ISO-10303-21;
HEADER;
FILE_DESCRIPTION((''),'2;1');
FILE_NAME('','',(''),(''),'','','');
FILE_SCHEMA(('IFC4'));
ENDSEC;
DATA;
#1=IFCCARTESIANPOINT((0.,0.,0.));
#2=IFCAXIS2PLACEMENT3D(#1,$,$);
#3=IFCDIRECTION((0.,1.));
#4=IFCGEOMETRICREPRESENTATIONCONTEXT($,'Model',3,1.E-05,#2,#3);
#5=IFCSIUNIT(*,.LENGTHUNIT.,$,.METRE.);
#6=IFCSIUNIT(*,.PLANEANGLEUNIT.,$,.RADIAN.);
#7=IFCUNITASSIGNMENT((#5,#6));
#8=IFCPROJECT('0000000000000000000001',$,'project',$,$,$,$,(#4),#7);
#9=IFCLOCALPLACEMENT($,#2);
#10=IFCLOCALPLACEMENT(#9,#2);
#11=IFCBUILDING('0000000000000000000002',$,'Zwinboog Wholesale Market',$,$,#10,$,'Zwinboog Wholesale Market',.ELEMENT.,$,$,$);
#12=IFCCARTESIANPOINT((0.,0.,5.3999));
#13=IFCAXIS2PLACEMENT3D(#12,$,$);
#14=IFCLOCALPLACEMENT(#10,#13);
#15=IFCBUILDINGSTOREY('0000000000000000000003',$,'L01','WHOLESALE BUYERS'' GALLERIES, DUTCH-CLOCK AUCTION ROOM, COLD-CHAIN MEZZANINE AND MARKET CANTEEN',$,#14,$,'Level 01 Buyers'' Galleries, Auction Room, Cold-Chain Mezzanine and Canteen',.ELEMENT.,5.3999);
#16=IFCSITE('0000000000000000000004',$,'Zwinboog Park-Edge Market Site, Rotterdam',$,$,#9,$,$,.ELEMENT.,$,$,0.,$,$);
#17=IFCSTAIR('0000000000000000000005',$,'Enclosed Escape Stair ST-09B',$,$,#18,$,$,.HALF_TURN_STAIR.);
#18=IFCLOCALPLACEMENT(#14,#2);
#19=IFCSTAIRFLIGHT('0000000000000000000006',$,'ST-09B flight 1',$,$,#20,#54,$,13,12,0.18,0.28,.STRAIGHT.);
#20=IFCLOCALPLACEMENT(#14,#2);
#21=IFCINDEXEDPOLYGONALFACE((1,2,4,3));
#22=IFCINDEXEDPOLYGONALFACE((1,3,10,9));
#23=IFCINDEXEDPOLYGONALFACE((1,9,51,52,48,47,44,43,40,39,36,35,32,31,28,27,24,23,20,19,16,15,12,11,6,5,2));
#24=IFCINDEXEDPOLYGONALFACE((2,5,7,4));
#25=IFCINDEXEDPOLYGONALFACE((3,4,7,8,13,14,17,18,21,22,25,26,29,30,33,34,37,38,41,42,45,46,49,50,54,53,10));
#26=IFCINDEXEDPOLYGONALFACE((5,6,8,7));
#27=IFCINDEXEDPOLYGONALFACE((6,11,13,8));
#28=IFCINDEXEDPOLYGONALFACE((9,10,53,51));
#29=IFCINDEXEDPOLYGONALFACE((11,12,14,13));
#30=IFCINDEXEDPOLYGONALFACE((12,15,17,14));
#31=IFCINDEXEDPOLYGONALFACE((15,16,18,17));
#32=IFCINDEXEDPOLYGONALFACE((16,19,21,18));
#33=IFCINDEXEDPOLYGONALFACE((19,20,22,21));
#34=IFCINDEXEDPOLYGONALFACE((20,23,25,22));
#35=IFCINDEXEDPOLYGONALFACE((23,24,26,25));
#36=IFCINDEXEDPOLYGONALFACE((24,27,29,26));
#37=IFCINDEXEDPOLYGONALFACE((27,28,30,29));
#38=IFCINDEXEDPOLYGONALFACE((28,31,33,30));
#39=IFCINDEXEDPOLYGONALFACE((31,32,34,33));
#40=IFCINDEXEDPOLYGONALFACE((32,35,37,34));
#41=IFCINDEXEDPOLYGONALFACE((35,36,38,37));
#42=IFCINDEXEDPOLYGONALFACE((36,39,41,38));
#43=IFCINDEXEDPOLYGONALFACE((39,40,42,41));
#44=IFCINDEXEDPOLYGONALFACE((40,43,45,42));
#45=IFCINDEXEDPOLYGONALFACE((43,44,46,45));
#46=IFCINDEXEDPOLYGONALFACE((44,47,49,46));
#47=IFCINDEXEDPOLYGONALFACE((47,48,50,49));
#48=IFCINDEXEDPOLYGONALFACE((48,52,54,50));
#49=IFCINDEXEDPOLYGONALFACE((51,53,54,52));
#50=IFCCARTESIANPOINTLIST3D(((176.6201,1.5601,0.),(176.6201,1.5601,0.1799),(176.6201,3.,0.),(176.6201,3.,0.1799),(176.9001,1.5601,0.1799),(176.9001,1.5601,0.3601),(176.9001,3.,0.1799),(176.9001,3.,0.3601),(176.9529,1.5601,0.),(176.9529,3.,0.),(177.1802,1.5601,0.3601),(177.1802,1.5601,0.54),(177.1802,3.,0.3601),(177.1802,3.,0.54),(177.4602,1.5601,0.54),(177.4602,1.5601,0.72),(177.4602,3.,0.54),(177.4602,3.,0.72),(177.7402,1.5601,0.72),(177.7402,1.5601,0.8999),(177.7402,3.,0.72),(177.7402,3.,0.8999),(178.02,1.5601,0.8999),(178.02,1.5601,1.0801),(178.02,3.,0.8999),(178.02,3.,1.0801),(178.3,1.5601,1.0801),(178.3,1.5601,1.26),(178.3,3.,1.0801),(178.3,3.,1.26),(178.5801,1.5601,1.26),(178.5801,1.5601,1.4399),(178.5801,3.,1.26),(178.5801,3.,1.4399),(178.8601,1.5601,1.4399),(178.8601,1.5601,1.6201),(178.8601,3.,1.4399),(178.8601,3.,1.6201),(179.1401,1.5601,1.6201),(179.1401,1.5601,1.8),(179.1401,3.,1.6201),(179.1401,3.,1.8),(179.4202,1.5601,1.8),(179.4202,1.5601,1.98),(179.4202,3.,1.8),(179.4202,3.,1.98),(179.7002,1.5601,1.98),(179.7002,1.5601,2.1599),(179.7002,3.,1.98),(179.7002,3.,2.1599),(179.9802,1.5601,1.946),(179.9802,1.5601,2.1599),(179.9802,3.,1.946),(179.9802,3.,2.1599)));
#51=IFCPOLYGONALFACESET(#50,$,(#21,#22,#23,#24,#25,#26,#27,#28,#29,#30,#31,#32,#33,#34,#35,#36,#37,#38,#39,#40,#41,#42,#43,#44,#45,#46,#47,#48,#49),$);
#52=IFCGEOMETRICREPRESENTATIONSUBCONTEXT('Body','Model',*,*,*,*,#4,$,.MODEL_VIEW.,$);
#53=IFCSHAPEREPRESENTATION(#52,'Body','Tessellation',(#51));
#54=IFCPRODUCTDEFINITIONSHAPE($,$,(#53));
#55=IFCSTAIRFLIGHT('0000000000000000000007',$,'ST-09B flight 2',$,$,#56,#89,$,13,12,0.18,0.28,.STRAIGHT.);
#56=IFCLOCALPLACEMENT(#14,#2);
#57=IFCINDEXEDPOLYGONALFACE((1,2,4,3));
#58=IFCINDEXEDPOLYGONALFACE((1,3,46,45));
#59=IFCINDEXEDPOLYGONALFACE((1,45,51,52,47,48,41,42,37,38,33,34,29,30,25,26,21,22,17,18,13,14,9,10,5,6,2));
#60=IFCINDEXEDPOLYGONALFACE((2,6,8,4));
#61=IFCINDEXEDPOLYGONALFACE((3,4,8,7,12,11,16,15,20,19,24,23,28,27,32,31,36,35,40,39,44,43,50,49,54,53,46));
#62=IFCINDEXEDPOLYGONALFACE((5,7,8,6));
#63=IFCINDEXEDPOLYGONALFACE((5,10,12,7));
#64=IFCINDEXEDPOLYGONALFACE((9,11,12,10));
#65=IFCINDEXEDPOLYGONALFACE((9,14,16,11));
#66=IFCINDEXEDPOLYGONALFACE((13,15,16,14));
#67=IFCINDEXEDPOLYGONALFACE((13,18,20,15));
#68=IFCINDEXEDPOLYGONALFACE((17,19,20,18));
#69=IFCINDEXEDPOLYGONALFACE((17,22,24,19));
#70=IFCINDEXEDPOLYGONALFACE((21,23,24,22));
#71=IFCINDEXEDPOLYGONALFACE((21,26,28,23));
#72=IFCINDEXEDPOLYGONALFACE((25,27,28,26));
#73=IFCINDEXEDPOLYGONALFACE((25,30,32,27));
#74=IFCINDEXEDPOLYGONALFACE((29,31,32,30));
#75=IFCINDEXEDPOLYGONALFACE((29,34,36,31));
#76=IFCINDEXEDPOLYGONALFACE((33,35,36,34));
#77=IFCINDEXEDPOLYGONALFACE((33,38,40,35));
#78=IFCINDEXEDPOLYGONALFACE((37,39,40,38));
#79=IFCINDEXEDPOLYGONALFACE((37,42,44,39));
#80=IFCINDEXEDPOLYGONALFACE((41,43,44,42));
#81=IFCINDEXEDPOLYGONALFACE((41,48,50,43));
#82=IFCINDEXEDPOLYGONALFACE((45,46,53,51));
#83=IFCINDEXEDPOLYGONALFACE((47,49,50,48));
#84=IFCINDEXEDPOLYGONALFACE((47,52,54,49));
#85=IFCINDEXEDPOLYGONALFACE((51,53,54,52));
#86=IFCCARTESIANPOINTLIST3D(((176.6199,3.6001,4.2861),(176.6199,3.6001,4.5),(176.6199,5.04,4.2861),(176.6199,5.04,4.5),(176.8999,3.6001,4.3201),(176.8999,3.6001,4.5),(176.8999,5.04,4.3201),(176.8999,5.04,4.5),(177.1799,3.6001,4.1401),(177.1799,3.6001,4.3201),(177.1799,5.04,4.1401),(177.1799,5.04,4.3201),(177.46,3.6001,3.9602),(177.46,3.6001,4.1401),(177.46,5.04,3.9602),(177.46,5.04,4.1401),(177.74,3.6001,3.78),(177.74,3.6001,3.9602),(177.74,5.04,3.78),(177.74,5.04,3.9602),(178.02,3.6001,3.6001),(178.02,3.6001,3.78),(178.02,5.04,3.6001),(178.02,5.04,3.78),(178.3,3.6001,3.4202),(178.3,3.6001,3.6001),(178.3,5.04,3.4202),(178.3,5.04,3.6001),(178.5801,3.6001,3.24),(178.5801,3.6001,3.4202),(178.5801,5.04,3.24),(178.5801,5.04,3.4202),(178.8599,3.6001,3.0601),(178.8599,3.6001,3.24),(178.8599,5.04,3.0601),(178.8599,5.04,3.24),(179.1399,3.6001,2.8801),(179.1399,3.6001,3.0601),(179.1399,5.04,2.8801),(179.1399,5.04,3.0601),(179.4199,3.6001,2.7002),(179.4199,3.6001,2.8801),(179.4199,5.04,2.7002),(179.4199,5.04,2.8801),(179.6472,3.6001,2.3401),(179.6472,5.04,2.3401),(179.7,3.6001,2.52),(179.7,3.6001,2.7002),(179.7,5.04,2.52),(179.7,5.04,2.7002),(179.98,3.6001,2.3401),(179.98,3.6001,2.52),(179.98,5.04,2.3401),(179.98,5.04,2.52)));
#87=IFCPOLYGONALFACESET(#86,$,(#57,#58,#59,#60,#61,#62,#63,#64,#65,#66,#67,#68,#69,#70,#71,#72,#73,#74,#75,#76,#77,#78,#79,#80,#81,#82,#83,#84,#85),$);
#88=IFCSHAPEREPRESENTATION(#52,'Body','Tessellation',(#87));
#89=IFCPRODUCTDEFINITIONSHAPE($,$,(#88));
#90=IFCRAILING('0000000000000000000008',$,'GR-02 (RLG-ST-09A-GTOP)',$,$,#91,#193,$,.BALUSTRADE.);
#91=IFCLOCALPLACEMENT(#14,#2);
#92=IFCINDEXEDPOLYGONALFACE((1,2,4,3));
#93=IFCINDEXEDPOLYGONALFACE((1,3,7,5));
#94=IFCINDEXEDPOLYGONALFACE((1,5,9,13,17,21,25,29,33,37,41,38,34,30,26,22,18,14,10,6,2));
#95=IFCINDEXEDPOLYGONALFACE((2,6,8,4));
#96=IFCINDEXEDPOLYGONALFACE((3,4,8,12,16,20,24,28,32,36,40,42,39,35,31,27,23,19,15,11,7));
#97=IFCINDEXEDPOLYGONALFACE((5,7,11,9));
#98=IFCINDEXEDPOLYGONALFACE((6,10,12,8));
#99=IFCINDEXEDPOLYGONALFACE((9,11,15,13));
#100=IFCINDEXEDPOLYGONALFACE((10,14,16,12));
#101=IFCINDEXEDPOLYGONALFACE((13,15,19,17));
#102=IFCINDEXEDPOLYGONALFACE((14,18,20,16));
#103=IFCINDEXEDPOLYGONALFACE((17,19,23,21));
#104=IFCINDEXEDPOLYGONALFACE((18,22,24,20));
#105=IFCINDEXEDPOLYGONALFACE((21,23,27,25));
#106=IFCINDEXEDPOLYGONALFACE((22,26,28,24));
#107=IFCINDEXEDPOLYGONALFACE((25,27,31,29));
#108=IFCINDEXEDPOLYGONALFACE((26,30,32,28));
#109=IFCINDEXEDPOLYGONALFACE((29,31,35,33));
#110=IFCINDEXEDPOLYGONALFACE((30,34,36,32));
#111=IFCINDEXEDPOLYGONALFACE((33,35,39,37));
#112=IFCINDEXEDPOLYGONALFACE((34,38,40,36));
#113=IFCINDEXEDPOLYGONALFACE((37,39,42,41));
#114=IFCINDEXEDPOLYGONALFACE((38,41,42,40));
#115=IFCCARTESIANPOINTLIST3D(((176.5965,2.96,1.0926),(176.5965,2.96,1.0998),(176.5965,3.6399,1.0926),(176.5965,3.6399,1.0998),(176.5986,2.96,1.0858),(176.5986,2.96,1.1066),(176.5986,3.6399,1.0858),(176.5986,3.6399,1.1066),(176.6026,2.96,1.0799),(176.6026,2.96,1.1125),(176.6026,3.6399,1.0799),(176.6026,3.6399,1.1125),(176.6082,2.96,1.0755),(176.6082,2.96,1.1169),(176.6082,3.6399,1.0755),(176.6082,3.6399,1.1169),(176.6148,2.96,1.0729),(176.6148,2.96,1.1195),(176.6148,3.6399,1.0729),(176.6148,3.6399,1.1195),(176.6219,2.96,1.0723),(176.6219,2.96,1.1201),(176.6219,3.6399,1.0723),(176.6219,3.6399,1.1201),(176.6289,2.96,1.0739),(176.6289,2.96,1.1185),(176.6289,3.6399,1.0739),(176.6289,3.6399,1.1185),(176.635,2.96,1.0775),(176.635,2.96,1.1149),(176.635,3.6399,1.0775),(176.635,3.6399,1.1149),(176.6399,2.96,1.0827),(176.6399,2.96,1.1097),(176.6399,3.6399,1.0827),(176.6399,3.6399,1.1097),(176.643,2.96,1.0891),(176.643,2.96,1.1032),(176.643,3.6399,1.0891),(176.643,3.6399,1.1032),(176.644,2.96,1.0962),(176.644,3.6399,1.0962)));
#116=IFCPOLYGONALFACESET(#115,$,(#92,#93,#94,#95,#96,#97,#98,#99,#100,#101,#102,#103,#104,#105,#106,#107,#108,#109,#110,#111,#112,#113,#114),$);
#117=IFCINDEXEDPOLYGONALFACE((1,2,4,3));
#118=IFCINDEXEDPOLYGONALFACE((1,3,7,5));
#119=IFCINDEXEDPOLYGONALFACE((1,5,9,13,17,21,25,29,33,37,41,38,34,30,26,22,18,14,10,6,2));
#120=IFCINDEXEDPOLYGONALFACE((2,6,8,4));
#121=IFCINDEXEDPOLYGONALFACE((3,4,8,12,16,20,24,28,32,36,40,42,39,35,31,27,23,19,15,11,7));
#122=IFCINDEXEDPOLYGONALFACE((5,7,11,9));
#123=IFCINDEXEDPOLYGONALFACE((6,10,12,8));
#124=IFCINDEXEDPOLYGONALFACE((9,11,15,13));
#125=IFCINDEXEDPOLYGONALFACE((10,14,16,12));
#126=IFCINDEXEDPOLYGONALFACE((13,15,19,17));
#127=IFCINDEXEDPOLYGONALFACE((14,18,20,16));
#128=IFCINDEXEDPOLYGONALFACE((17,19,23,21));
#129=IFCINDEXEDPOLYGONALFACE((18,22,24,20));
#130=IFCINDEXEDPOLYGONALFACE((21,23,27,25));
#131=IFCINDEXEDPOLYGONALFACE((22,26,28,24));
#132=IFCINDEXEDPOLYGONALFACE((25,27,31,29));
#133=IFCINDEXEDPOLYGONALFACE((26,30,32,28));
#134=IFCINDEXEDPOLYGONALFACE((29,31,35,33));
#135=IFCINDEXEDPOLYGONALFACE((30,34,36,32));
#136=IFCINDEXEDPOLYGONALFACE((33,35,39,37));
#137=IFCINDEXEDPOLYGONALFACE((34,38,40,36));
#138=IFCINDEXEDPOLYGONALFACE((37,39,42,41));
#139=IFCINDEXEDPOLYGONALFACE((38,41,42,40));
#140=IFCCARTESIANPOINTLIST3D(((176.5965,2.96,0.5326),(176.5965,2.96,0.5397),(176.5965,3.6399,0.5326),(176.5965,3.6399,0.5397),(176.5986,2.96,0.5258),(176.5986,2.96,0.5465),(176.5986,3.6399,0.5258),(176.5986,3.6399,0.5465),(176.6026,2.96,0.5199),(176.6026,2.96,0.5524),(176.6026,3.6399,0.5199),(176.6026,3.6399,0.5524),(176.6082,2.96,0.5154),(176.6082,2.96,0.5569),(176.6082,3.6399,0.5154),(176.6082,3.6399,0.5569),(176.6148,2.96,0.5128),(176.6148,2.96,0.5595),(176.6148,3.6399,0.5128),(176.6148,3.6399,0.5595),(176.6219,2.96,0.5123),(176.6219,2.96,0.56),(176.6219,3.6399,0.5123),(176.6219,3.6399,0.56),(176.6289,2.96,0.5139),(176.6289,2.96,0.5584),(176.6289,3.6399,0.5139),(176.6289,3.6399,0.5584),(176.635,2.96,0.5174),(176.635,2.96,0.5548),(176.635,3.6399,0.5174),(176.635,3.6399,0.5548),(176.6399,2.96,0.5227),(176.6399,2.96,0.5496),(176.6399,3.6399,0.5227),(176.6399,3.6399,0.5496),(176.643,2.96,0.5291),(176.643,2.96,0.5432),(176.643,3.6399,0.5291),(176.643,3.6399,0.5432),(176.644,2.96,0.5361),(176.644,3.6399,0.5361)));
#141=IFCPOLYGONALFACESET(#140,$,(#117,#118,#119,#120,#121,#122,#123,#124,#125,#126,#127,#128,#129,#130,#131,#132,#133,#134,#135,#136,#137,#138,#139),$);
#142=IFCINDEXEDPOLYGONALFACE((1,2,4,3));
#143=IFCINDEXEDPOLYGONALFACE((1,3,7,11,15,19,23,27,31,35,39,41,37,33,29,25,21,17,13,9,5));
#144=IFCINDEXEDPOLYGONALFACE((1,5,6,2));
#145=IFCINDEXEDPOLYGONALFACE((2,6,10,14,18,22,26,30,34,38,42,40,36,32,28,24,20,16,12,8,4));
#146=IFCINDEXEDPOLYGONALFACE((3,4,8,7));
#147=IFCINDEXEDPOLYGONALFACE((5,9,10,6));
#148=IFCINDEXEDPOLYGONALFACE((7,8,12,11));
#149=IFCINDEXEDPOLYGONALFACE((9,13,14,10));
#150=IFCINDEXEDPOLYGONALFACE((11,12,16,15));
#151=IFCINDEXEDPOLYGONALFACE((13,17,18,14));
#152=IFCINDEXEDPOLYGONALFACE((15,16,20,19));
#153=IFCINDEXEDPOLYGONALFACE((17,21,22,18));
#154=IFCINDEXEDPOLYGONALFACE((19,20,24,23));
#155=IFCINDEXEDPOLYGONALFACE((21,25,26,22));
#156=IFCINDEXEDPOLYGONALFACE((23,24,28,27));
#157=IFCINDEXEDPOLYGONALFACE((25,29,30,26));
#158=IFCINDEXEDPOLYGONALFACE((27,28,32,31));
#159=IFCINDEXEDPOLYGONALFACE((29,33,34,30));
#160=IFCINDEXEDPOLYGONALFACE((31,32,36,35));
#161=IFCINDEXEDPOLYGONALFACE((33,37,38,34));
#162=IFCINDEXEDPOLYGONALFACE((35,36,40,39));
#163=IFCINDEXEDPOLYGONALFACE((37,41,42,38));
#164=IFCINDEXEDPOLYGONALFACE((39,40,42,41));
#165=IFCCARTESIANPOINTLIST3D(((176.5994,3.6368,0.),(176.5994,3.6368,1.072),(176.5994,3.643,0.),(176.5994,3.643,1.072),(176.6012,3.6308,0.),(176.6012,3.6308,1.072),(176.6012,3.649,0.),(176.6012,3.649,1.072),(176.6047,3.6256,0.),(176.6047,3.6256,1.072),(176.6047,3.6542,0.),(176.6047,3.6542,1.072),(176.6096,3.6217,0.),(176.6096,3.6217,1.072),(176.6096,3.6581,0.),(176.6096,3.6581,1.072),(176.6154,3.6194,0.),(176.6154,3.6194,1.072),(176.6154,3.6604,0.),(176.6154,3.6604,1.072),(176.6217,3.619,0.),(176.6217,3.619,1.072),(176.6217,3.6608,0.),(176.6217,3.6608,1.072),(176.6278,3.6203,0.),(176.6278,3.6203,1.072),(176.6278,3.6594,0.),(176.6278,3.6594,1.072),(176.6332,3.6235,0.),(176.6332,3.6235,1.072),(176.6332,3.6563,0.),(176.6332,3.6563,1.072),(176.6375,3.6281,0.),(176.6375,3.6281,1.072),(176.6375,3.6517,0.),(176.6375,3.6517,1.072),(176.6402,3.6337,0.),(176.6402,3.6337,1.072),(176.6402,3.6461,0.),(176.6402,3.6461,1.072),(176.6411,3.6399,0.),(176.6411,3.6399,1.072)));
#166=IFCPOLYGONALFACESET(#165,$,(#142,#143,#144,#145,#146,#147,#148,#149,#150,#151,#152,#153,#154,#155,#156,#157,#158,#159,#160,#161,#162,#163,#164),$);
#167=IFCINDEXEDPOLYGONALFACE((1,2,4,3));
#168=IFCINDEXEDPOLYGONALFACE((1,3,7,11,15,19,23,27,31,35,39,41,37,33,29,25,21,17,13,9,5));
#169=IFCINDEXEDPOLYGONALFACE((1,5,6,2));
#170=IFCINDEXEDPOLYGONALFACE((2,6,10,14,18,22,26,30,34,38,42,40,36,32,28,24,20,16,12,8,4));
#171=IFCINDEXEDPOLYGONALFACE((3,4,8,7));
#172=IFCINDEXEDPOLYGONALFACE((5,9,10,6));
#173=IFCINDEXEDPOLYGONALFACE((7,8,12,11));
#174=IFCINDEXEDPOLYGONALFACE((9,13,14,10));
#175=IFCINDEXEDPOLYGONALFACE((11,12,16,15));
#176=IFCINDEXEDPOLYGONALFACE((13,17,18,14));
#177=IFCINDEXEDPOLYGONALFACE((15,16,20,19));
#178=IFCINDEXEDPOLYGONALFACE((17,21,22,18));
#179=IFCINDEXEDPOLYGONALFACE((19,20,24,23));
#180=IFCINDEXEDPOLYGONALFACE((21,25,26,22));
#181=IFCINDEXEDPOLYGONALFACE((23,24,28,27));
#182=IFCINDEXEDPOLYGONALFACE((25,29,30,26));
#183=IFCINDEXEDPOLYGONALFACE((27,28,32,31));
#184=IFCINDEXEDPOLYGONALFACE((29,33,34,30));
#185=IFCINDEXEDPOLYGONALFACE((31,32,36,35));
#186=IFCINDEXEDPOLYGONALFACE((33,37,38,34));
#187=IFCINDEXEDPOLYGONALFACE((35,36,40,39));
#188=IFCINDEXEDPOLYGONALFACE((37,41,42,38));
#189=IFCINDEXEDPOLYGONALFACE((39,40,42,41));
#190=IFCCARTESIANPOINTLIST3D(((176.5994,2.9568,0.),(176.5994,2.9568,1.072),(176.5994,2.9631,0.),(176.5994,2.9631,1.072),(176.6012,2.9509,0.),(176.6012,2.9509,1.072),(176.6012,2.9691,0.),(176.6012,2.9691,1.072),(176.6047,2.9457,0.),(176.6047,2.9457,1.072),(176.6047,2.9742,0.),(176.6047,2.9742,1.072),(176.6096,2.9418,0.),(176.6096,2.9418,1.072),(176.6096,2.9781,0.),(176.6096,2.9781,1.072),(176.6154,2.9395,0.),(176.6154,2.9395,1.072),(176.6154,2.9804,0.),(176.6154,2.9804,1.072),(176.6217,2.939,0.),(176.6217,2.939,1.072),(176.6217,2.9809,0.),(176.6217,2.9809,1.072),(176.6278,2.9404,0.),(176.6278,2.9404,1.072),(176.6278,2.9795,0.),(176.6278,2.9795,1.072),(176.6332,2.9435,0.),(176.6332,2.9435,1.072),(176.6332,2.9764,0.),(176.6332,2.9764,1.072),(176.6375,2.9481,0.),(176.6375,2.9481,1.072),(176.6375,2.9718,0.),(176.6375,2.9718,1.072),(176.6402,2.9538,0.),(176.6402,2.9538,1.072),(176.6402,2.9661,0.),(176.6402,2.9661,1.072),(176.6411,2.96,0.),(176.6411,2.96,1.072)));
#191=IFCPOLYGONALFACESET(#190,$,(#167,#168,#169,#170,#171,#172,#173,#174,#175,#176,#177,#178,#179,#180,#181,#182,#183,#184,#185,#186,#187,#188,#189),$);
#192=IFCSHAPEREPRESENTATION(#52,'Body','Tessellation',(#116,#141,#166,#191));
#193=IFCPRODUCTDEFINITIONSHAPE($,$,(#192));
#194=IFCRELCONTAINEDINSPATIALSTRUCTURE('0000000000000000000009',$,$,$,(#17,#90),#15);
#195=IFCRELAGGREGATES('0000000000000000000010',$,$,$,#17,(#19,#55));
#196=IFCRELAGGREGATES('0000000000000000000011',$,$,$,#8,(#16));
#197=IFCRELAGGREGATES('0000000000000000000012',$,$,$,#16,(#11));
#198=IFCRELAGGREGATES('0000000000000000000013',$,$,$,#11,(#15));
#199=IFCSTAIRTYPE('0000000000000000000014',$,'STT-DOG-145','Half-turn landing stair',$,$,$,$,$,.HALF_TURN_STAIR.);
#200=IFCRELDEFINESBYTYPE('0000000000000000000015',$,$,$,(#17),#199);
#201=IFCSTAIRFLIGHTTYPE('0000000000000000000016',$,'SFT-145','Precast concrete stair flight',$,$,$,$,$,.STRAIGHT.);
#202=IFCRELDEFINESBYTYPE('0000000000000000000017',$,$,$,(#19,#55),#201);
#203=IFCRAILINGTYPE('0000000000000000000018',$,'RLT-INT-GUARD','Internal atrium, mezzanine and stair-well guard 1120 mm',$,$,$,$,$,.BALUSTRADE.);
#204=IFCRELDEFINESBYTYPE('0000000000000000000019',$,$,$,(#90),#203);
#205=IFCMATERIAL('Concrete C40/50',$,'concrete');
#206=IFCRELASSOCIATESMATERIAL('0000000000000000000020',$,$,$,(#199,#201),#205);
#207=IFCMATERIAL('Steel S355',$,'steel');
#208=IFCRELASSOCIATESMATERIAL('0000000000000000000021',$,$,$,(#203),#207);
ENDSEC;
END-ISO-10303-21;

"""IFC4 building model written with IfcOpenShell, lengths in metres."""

from ifc_helpers import new_model, si_unit, direction, frame, origin, origin_2d, place, context, subcontext, project, spatial, polyline, circle, outline, extrude, material, type_object, element, aggregate, save


model = new_model("IFC4")

# Units and contexts
model_context = context("Model", 3, precision=1e-05, world=origin(), true_north=direction((0.0, 1.0)))
body_context = subcontext(model_context, "Body", "Model", "MODEL_VIEW")
ifc_project = project(units=[si_unit("LENGTHUNIT", "METRE"), si_unit("PLANEANGLEUNIT", "RADIAN")], contexts=[model_context])

# Site, building, storey
site_placement = place(None, origin())
site = spatial("IfcSite", under=ifc_project, at=site_placement, Name="Zwinboog Park-Edge Market Site, Rotterdam", CompositionType="ELEMENT", RefElevation=0.0)
building_placement = place(site_placement, origin())
building = spatial("IfcBuilding", under=site, at=building_placement, Name="Zwinboog Wholesale Market", LongName="Zwinboog Wholesale Market", CompositionType="ELEMENT")
storey_placement = place(building_placement, frame((0.0, 0.0, 5.3999)))
storey = spatial("IfcBuildingStorey", under=building, at=storey_placement, Name="L01", Description="WHOLESALE BUYERS' GALLERIES, DUTCH-CLOCK AUCTION ROOM, COLD-CHAIN MEZZANINE AND MARKET CANTEEN", LongName="Level 01 Buyers' Galleries, Auction Room, Cold-Chain Mezzanine and Canteen", CompositionType="ELEMENT", Elevation=5.3999)

# Shared definitions
ifc_material_1 = material(Name="Steel S355", Category="steel")

# Shared definitions
ifc_material_2 = material(Name="Concrete C40/50", Category="concrete")

# Stair, stair flights
stair_type = type_object("IfcStairType", Name="STT-DOG-145", Description="Half-turn landing stair", PredefinedType="HALF_TURN_STAIR", material=ifc_material_2)
stair_placement = place(storey_placement, origin())
stair = element("IfcStair", 1, at=stair_placement, inside=storey, type_object=stair_type, Name="Enclosed Escape Stair ST-09B", PredefinedType="HALF_TURN_STAIR")
stair_flight_type = type_object("IfcStairFlightType", Name="SFT-145", Description="Precast concrete stair flight", PredefinedType="STRAIGHT", material=ifc_material_2)
stair_flight_1_placement = place(storey_placement, frame((176.6201, 2.28, 0.0), z_axis=(0.0, 0.0, 1.0), x_axis=(1.0, 0.0, 0.0)))
stair_flight_1 = element("IfcStairFlight", 2, at=stair_flight_1_placement, type_object=stair_flight_type, Name="ST-09B flight 1", NumberOfRisers=13, NumberOfTreads=12, PredefinedType="STRAIGHT", RiserHeight=0.18, TreadLength=0.28, context=body_context, shape_type="SweptSolid", body=[
    extrude(outline(polyline([(0.0, 0.0), (0.0, 0.1799), (0.28, 0.1799), (0.28, 0.3601), (0.5601, 0.3601), (0.5601, 0.54), (0.8401, 0.54), (0.8401, 0.72), (1.1201, 0.72), (1.1201, 0.8999), (1.3999, 0.8999), (1.3999, 1.0801), (1.6799, 1.0801), (1.6799, 1.26), (1.96, 1.26), (1.96, 1.4399), (2.24, 1.4399), (2.24, 1.6201), (2.52, 1.6201), (2.52, 1.8), (2.8, 1.8), (2.8, 1.98), (3.0801, 1.98), (3.0801, 2.1599), (3.3601, 2.1599), (3.3601, 2.3401), (3.3601, 1.946), (0.3328, 0.0), (0.0, 0.0)])), frame((0.0, 0.72, 0.0), z_axis=(0.0, -1.0, 0.0), x_axis=(1.0, 0.0, 0.0)), (0.0, 0.0, 1.0), 1.4399),
])
stair_flight_2_placement = place(storey_placement, frame((179.98, 4.3201, 2.3401), z_axis=(0.0, 0.0, 1.0), x_axis=(-1.0, 0.0, 0.0)))
stair_flight_2 = element("IfcStairFlight", 3, at=stair_flight_2_placement, type_object=stair_flight_type, Name="ST-09B flight 2", NumberOfRisers=13, NumberOfTreads=12, PredefinedType="STRAIGHT", RiserHeight=0.18, TreadLength=0.28, context=body_context, shape_type="SweptSolid", body=[
    extrude(outline(polyline([(0.0, 0.0), (0.0, 0.1799), (0.28, 0.1799), (0.28, 0.3601), (0.5601, 0.3601), (0.5601, 0.54), (0.8401, 0.54), (0.8401, 0.72), (1.1201, 0.72), (1.1201, 0.8999), (1.3999, 0.8999), (1.3999, 1.0801), (1.6799, 1.0801), (1.6799, 1.26), (1.96, 1.26), (1.96, 1.4399), (2.24, 1.4399), (2.24, 1.6201), (2.52, 1.6201), (2.52, 1.8), (2.8, 1.8), (2.8, 1.98), (3.0801, 1.98), (3.0801, 2.1599), (3.3601, 2.1599), (3.3601, 2.3401), (3.3601, 1.946), (0.3328, 0.0), (0.0, 0.0)])), frame((0.0, 0.72, 0.0), z_axis=(0.0, -1.0, 0.0), x_axis=(1.0, 0.0, 0.0)), (0.0, 0.0, 1.0), 1.4399),
])
aggregate(stair, [stair_flight_1, stair_flight_2])

# Railing
railing_type_1 = type_object("IfcRailingType", Name="RLT-INT-GUARD", Description="Internal atrium, mezzanine and stair-well guard 1120 mm", PredefinedType="BALUSTRADE", material=ifc_material_1)
railing_1_placement = place(storey_placement, frame((176.6201, 3.6399, 0.0)))
element("IfcRailing", 4, at=railing_1_placement, inside=storey, type_object=railing_type_1, Name="GR-02 (RLG-ST-09A-GTOP)", PredefinedType="BALUSTRADE", context=body_context, shape_type="SweptSolid", body=[
    extrude(circle(Radius=0.0239, at=origin_2d()), frame((0.0, 0.0, 1.0962), z_axis=(0.0, -1.0, 0.0), x_axis=(1.0, 0.0, 0.0)), (0.0, 0.0, 1.0), 0.6799),
    extrude(circle(Radius=0.0239, at=origin_2d()), frame((0.0, 0.0, 0.5361), z_axis=(0.0, -1.0, 0.0), x_axis=(1.0, 0.0, 0.0)), (0.0, 0.0, 1.0), 0.6799),
    extrude(circle(Radius=0.021, at=origin_2d()), origin(), (0.0, 0.0, 1.0), 1.072),
    extrude(circle(Radius=0.021, at=origin_2d()), frame((0.0, -0.6799, 0.0)), (0.0, 0.0, 1.0), 1.072),
])

save(model, "model.ifc")
